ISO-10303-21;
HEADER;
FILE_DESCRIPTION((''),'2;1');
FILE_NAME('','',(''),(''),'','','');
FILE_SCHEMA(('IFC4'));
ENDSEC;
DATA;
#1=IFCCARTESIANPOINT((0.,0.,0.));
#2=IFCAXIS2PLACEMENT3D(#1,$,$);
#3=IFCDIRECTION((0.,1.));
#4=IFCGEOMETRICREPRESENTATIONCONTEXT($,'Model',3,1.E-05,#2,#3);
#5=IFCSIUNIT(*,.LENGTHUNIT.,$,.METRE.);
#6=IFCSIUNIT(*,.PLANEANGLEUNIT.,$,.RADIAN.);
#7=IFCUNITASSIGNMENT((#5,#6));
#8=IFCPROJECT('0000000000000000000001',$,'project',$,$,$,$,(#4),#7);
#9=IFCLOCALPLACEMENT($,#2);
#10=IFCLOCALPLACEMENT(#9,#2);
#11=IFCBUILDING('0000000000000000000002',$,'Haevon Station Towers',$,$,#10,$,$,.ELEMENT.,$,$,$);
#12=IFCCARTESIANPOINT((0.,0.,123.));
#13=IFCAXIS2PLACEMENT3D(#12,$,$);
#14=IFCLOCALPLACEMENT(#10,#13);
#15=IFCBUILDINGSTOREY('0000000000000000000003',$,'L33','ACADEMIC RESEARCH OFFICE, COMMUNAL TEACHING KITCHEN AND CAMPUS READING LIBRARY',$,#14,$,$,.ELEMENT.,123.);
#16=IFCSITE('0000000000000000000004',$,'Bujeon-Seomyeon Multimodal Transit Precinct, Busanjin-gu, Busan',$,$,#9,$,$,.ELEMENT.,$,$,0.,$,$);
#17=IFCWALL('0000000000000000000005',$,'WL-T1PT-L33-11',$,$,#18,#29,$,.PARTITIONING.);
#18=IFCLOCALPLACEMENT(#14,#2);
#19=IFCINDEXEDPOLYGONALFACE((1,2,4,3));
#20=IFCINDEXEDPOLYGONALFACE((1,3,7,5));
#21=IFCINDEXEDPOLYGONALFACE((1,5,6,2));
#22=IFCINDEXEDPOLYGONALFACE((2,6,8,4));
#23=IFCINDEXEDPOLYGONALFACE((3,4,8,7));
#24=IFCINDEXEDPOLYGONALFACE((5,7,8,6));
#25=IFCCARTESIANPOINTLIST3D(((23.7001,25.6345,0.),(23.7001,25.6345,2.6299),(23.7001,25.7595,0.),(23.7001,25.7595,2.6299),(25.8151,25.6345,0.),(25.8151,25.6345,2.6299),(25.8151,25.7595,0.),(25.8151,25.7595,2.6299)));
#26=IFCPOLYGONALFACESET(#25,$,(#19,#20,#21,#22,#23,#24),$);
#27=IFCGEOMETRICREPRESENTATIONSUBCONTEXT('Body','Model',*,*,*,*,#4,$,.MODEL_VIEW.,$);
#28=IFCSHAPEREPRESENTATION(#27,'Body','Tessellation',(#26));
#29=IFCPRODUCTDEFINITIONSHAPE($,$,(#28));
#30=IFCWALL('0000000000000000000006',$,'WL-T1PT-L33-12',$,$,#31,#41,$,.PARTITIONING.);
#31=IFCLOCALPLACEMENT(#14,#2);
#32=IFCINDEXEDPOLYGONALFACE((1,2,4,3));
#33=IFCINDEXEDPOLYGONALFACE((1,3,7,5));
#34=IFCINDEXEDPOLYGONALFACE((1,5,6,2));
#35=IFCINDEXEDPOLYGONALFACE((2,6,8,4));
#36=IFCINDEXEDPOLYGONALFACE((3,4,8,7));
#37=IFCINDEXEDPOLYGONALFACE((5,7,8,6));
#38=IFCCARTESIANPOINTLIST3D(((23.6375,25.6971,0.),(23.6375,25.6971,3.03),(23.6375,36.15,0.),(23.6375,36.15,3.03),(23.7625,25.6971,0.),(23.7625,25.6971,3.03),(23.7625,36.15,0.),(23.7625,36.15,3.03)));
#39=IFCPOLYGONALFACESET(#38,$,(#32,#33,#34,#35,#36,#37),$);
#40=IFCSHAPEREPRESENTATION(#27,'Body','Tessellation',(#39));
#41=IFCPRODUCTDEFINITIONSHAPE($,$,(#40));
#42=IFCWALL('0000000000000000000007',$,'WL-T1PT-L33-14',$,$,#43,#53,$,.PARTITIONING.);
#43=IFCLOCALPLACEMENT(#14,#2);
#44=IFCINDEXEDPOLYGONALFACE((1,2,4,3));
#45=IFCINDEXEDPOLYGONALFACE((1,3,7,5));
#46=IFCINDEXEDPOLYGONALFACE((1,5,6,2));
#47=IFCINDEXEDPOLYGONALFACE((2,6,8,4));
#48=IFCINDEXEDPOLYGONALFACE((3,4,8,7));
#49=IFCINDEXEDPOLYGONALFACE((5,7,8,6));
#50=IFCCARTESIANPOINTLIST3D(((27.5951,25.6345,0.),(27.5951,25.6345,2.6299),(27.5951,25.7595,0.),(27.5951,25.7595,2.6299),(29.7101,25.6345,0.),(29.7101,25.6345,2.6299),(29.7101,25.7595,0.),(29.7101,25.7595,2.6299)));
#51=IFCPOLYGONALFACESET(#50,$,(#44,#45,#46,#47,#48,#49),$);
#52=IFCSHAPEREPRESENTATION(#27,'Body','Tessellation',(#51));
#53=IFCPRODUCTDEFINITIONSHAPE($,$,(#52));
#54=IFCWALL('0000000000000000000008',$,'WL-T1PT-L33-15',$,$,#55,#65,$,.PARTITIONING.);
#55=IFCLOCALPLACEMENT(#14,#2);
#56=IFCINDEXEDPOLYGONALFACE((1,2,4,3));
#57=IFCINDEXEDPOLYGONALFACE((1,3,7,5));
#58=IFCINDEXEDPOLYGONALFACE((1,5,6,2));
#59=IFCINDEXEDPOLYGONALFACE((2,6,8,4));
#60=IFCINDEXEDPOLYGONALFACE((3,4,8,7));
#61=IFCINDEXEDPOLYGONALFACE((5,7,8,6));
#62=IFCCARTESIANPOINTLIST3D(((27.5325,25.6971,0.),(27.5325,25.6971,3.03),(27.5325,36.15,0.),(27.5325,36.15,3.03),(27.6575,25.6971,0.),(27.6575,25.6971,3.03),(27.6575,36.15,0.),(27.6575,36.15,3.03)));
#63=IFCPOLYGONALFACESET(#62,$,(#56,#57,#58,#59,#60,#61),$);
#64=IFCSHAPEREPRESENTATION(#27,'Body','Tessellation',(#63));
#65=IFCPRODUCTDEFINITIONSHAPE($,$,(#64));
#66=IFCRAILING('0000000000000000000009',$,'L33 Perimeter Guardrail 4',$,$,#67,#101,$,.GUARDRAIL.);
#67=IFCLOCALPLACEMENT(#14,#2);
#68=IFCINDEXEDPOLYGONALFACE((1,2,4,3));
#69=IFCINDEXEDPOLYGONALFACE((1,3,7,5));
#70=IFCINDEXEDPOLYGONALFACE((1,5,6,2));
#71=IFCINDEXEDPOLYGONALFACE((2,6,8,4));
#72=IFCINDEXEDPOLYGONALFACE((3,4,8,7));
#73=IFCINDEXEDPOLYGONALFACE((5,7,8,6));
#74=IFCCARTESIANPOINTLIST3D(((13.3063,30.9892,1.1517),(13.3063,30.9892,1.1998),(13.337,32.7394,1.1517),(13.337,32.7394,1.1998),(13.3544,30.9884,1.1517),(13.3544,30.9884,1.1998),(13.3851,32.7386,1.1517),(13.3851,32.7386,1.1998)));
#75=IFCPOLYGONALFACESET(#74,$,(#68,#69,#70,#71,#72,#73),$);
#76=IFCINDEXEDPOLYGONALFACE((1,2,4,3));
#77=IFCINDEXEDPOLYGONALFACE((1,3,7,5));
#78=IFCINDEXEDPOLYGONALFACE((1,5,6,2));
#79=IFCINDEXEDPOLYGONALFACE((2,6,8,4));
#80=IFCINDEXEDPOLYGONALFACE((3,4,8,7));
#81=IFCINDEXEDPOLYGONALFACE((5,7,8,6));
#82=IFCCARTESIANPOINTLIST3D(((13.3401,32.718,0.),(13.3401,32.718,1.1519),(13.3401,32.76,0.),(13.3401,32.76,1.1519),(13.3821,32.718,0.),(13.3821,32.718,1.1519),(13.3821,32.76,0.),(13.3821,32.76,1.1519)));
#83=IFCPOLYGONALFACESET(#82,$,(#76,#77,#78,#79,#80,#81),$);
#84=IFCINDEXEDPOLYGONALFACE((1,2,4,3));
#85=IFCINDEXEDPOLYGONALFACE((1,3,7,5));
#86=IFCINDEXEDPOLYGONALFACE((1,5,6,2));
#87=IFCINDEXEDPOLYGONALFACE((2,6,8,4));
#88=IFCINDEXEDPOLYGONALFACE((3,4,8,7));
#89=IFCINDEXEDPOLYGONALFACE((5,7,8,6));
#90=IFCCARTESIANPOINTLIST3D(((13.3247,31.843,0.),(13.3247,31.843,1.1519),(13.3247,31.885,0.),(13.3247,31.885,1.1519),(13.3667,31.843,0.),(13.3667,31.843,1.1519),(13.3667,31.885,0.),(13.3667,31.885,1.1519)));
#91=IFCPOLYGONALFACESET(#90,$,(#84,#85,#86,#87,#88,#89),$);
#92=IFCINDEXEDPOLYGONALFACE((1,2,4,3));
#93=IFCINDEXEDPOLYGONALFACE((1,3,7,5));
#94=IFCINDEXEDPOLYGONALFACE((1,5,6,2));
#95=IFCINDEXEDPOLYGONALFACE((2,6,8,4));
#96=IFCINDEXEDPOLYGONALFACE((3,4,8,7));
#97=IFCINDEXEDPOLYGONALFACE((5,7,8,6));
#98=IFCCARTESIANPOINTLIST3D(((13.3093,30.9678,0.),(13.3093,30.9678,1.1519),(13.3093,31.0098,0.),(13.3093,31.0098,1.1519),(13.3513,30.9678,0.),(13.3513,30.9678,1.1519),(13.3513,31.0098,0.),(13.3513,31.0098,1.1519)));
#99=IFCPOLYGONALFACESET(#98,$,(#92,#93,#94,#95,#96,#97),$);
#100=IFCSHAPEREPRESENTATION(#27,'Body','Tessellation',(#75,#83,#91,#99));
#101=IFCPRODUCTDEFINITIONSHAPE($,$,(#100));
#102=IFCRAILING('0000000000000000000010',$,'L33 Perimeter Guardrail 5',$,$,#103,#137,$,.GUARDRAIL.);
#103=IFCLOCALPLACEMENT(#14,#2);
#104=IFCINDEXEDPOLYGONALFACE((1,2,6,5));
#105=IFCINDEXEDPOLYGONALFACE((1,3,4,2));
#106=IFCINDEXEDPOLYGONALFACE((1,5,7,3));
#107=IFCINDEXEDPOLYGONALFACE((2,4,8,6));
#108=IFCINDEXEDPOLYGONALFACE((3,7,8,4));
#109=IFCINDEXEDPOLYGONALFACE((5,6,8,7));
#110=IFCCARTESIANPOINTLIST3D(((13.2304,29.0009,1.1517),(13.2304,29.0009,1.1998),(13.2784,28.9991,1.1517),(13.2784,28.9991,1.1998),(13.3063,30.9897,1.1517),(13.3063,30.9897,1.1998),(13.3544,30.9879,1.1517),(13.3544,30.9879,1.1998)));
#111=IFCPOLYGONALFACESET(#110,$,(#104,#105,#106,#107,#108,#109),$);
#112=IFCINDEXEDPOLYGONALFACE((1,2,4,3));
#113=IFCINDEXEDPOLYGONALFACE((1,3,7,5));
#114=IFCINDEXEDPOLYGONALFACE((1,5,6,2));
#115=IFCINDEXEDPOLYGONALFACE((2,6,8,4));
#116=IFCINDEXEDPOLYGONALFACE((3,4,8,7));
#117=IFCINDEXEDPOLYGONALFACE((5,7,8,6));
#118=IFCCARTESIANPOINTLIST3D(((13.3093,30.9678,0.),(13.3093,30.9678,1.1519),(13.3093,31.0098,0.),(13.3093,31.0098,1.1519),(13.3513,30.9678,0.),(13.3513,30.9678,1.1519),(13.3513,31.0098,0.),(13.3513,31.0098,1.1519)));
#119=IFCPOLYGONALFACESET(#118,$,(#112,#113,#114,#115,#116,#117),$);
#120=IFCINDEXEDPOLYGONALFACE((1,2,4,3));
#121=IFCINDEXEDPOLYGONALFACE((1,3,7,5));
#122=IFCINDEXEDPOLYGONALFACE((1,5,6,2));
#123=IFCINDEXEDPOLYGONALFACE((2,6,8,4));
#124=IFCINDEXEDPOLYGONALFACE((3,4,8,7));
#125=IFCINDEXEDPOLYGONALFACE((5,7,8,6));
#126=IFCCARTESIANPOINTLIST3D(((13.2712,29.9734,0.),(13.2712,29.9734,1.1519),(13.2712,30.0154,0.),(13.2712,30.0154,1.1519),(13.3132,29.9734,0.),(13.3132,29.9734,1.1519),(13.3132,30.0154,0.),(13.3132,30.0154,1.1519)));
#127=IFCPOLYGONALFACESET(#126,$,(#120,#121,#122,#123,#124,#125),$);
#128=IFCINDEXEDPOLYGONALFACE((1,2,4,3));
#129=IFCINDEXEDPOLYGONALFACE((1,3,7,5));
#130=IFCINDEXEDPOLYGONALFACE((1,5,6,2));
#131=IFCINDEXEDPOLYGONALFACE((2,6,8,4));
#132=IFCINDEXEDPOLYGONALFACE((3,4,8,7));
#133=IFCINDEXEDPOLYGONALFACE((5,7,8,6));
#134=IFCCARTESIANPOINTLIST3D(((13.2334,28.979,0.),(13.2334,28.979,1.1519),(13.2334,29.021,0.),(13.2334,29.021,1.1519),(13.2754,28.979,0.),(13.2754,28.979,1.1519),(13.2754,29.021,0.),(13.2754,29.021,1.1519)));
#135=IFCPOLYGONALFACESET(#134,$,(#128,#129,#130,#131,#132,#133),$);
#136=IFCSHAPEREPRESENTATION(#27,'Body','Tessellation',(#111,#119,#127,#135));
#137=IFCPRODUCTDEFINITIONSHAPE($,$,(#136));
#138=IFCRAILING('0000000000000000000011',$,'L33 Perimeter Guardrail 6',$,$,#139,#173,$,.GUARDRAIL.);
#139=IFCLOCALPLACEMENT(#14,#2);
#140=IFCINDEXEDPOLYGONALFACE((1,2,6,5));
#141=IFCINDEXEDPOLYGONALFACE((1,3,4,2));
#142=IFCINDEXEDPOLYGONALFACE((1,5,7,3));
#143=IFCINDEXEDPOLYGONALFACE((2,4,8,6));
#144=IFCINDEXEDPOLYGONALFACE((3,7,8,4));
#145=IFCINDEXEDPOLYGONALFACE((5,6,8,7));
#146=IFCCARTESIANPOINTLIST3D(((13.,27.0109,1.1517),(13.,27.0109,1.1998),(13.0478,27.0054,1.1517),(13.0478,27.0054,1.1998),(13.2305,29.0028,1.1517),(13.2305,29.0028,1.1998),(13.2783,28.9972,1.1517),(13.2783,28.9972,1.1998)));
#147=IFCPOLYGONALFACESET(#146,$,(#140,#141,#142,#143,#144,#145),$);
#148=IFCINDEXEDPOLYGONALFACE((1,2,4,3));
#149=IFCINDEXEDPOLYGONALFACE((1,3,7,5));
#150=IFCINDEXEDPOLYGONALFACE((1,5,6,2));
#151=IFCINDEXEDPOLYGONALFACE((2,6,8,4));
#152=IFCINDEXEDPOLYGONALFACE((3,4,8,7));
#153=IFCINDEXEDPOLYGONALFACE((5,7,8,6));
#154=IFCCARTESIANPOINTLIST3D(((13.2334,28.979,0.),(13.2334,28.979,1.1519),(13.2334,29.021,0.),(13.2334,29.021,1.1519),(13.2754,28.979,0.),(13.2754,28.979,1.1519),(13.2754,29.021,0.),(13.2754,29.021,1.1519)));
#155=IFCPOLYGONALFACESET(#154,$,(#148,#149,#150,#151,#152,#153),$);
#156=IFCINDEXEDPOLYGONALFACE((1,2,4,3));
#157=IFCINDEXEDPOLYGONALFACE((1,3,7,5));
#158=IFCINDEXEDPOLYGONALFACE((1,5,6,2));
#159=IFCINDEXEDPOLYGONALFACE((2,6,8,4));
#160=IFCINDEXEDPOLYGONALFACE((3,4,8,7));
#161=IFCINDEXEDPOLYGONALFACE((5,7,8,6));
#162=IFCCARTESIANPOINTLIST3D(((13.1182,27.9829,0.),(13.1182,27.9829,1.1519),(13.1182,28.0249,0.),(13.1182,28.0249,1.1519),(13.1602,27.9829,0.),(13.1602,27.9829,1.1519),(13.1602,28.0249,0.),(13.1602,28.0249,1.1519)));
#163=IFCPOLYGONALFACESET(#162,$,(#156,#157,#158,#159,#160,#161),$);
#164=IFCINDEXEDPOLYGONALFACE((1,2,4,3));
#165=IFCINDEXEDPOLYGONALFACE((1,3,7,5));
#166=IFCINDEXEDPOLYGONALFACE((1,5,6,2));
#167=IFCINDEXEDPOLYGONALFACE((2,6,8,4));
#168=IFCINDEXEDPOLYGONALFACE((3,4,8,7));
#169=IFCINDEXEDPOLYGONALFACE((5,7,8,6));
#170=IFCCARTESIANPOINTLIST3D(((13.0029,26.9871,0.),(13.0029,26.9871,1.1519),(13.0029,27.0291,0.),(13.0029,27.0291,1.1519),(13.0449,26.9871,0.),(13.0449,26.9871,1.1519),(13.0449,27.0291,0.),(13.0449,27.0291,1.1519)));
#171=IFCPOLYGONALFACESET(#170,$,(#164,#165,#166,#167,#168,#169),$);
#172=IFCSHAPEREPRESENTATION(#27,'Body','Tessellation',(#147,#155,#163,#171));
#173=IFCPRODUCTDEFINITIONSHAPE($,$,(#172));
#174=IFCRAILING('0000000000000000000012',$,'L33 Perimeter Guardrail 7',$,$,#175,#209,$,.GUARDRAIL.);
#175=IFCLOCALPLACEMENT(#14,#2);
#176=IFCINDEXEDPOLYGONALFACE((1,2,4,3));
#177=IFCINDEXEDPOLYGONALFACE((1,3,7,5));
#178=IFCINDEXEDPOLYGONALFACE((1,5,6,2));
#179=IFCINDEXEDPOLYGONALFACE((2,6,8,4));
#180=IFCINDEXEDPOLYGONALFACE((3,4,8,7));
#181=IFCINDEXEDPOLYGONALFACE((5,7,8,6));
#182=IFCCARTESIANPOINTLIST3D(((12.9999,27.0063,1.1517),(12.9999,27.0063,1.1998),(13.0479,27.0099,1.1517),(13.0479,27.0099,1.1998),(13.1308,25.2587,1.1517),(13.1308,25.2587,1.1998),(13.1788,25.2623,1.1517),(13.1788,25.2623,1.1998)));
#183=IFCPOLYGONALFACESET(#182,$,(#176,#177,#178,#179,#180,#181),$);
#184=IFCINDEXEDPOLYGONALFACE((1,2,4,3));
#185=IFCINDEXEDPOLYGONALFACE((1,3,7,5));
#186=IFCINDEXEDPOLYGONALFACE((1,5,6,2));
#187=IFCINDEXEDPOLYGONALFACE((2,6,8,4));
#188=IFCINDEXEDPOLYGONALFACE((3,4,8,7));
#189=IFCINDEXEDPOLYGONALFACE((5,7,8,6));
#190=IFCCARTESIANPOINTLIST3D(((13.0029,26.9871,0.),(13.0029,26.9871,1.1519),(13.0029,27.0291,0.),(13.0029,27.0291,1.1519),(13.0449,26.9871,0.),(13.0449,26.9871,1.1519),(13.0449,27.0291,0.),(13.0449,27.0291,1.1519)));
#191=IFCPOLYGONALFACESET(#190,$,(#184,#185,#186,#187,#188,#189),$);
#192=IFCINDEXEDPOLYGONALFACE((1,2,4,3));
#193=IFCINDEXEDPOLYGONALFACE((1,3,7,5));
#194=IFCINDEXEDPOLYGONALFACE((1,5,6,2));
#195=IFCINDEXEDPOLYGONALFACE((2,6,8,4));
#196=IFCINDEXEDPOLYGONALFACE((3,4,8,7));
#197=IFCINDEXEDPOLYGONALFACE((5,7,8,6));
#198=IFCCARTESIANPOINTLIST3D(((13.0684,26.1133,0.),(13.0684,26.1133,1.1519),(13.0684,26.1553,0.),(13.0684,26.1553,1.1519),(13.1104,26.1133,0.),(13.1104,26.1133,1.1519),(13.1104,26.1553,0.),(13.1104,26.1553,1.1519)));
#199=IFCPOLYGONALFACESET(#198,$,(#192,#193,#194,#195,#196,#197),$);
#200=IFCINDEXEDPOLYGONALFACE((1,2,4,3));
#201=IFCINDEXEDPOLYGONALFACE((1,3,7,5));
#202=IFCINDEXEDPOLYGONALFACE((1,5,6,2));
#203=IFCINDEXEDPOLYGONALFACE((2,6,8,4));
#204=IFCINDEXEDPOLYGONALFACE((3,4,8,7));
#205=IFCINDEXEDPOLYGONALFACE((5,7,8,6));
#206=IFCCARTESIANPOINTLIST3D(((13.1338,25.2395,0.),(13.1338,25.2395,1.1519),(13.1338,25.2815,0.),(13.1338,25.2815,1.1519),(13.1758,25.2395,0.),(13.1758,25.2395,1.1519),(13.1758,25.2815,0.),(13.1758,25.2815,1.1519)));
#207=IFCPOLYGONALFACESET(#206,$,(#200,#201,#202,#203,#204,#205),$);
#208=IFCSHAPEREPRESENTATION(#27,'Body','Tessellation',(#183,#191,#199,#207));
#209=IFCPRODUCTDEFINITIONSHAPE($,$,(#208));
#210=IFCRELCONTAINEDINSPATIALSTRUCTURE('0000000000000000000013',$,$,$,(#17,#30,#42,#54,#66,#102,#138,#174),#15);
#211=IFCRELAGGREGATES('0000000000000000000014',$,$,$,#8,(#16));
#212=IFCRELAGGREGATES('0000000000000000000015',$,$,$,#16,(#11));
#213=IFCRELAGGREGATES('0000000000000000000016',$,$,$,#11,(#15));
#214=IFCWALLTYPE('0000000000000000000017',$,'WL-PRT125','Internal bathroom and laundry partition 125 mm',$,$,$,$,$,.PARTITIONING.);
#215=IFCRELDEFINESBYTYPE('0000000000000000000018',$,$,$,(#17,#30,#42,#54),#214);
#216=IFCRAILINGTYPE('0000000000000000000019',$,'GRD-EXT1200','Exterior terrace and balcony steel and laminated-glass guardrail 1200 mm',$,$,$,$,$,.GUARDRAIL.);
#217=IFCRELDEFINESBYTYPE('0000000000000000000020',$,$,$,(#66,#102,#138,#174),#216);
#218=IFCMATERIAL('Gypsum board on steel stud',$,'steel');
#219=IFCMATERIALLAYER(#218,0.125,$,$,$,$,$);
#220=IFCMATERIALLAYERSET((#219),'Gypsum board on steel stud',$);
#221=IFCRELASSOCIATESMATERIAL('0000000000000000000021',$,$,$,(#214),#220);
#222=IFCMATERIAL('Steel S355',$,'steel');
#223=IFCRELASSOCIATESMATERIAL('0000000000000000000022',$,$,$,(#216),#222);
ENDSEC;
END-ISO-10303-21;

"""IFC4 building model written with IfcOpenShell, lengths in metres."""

from ifc_helpers import new_model, si_unit, direction, frame, frame_2d, origin, origin_2d, place, context, subcontext, project, spatial, rectangle, extrude, material, layer, layer_set, type_object, element, save


model = new_model("IFC4")

# Units and contexts
model_context = context("Model", 3, precision=1e-05, world=origin(), true_north=direction((0.0, 1.0)))
body_context = subcontext(model_context, "Body", "Model", "MODEL_VIEW")
ifc_project = project(units=[si_unit("LENGTHUNIT", "METRE"), si_unit("PLANEANGLEUNIT", "RADIAN")], contexts=[model_context])

# Site, building, storey
site_placement = place(None, origin())
site = spatial("IfcSite", under=ifc_project, at=site_placement, Name="Bujeon-Seomyeon Multimodal Transit Precinct, Busanjin-gu, Busan", CompositionType="ELEMENT", RefElevation=0.0)
building_placement = place(site_placement, origin())
building = spatial("IfcBuilding", under=site, at=building_placement, Name="Haevon Station Towers", CompositionType="ELEMENT")
storey_placement = place(building_placement, frame((0.0, 0.0, 123.0)))
storey = spatial("IfcBuildingStorey", under=building, at=storey_placement, Name="L33", Description="ACADEMIC RESEARCH OFFICE, COMMUNAL TEACHING KITCHEN AND CAMPUS READING LIBRARY", CompositionType="ELEMENT", Elevation=123.0)

# Shared definitions
ifc_material_1 = material(Name="Steel S355", Category="steel")

# Walls
ifc_material_2 = material(Name="Gypsum board on steel stud", Category="steel")
ifc_layer_1 = layer(ifc_material_2, 0.125)
ifc_layer_set_1 = layer_set([ifc_layer_1], Name="Gypsum board on steel stud")
wall_type_1 = type_object("IfcWallType", Name="WL-PRT125", Description="Internal bathroom and laundry partition 125 mm", PredefinedType="PARTITIONING", material=ifc_layer_set_1)
wall_1_placement = place(storey_placement, frame((23.7, 25.697, 0.0), z_axis=(0.0, 0.0, 1.0), x_axis=(1.0, 0.0, 0.0)))
element("IfcWall", 1, at=wall_1_placement, inside=storey, type_object=wall_type_1, Name="WL-T1PT-L33-11", PredefinedType="PARTITIONING", context=body_context, shape_type="SweptSolid", body=[
    extrude(rectangle(XDim=2.115, YDim=0.125, at=frame_2d((1.0576, 0.0))), origin(), (0.0, 0.0, 1.0), 2.6299),
])
wall_2_placement = place(storey_placement, frame((23.7, 25.697, 0.0), z_axis=(0.0, 0.0, 1.0), x_axis=(0.0, 1.0, 0.0)))
element("IfcWall", 2, at=wall_2_placement, inside=storey, type_object=wall_type_1, Name="WL-T1PT-L33-12", PredefinedType="PARTITIONING", context=body_context, shape_type="SweptSolid", body=[
    extrude(rectangle(XDim=10.4529, YDim=0.125, at=frame_2d((5.2266, 0.0))), origin(), (0.0, 0.0, 1.0), 3.03),
])
wall_3_placement = place(storey_placement, frame((27.595, 25.697, 0.0), z_axis=(0.0, 0.0, 1.0), x_axis=(1.0, 0.0, 0.0)))
element("IfcWall", 3, at=wall_3_placement, inside=storey, type_object=wall_type_1, Name="WL-T1PT-L33-14", PredefinedType="PARTITIONING", context=body_context, shape_type="SweptSolid", body=[
    extrude(rectangle(XDim=2.115, YDim=0.125, at=frame_2d((1.0576, 0.0))), origin(), (0.0, 0.0, 1.0), 2.6299),
])
wall_4_placement = place(storey_placement, frame((27.595, 25.697, 0.0), z_axis=(0.0, 0.0, 1.0), x_axis=(0.0, 1.0, 0.0)))
element("IfcWall", 4, at=wall_4_placement, inside=storey, type_object=wall_type_1, Name="WL-T1PT-L33-15", PredefinedType="PARTITIONING", context=body_context, shape_type="SweptSolid", body=[
    extrude(rectangle(XDim=10.4529, YDim=0.125, at=frame_2d((5.2266, 0.0))), origin(), (0.0, 0.0, 1.0), 3.03),
])

# Railings
railing_type = type_object("IfcRailingType", Name="GRD-EXT1200", Description="Exterior terrace and balcony steel and laminated-glass guardrail 1200 mm", PredefinedType="GUARDRAIL", material=ifc_material_1)
railing_1_placement = place(storey_placement, frame((13.3611, 32.739, 0.0)))
element("IfcRailing", 5, at=railing_1_placement, inside=storey, type_object=railing_type, Name="L33 Perimeter Guardrail 4", PredefinedType="GUARDRAIL", context=body_context, shape_type="SweptSolid", body=[
    extrude(rectangle(XDim=0.0481, YDim=0.0481, at=origin_2d()), frame((0.0, 0.0, 1.1758), z_axis=(-0.017573, -0.999846, 0.0), x_axis=(0.999846, -0.017573, 0.0)), (0.0, 0.0, 1.0), 1.7505),
    extrude(rectangle(XDim=0.042, YDim=0.042, at=origin_2d()), origin(), (0.0, 0.0, 1.0), 1.1519),
    extrude(rectangle(XDim=0.042, YDim=0.042, at=origin_2d()), frame((-0.0154, -0.875, 0.0)), (0.0, 0.0, 1.0), 1.1519),
    extrude(rectangle(XDim=0.042, YDim=0.042, at=origin_2d()), frame((-0.0308, -1.7502, 0.0)), (0.0, 0.0, 1.0), 1.1519),
])
railing_2_placement = place(storey_placement, frame((13.3303, 30.9888, 0.0)))
element("IfcRailing", 6, at=railing_2_placement, inside=storey, type_object=railing_type, Name="L33 Perimeter Guardrail 5", PredefinedType="GUARDRAIL", context=body_context, shape_type="SweptSolid", body=[
    extrude(rectangle(XDim=0.0481, YDim=0.0481, at=origin_2d()), frame((0.0, 0.0, 1.1758), z_axis=(-0.03815, -0.999272, 0.0), x_axis=(0.999272, -0.03815, 0.0)), (0.0, 0.0, 1.0), 1.9902),
    extrude(rectangle(XDim=0.042, YDim=0.042, at=origin_2d()), origin(), (0.0, 0.0, 1.0), 1.1519),
    extrude(rectangle(XDim=0.042, YDim=0.042, at=origin_2d()), frame((-0.0381, -0.9944, 0.0)), (0.0, 0.0, 1.0), 1.1519),
    extrude(rectangle(XDim=0.042, YDim=0.042, at=origin_2d()), frame((-0.0759, -1.9888, 0.0)), (0.0, 0.0, 1.0), 1.1519),
])
railing_3_placement = place(storey_placement, frame((13.2544, 29.0, 0.0)))
element("IfcRailing", 7, at=railing_3_placement, inside=storey, type_object=railing_type, Name="L33 Perimeter Guardrail 6", PredefinedType="GUARDRAIL", context=body_context, shape_type="SweptSolid", body=[
    extrude(rectangle(XDim=0.0481, YDim=0.0481, at=origin_2d()), frame((0.0, 0.0, 1.1758), z_axis=(-0.114934, -0.993373, 0.0), x_axis=(0.993373, -0.114934, 0.0)), (0.0, 0.0, 1.0), 2.0051),
    extrude(rectangle(XDim=0.042, YDim=0.042, at=origin_2d()), origin(), (0.0, 0.0, 1.0), 1.1519),
    extrude(rectangle(XDim=0.042, YDim=0.042, at=origin_2d()), frame((-0.1152, -0.9961, 0.0)), (0.0, 0.0, 1.0), 1.1519),
    extrude(rectangle(XDim=0.042, YDim=0.042, at=origin_2d()), frame((-0.2305, -1.9919, 0.0)), (0.0, 0.0, 1.0), 1.1519),
])
railing_4_placement = place(storey_placement, frame((13.0239, 27.0081, 0.0)))
element("IfcRailing", 8, at=railing_4_placement, inside=storey, type_object=railing_type, Name="L33 Perimeter Guardrail 7", PredefinedType="GUARDRAIL", context=body_context, shape_type="SweptSolid", body=[
    extrude(rectangle(XDim=0.0481, YDim=0.0481, at=origin_2d()), frame((0.0, 0.0, 1.1758), z_axis=(0.074672, -0.997208, 0.0), x_axis=(0.997208, 0.074672, 0.0)), (0.0, 0.0, 1.0), 1.7524),
    extrude(rectangle(XDim=0.042, YDim=0.042, at=origin_2d()), origin(), (0.0, 0.0, 1.0), 1.1519),
    extrude(rectangle(XDim=0.042, YDim=0.042, at=origin_2d()), frame((0.0654, -0.8738, 0.0)), (0.0, 0.0, 1.0), 1.1519),
    extrude(rectangle(XDim=0.042, YDim=0.042, at=origin_2d()), frame((0.1309, -1.7476, 0.0)), (0.0, 0.0, 1.0), 1.1519),
])

save(model, "model.ifc")
